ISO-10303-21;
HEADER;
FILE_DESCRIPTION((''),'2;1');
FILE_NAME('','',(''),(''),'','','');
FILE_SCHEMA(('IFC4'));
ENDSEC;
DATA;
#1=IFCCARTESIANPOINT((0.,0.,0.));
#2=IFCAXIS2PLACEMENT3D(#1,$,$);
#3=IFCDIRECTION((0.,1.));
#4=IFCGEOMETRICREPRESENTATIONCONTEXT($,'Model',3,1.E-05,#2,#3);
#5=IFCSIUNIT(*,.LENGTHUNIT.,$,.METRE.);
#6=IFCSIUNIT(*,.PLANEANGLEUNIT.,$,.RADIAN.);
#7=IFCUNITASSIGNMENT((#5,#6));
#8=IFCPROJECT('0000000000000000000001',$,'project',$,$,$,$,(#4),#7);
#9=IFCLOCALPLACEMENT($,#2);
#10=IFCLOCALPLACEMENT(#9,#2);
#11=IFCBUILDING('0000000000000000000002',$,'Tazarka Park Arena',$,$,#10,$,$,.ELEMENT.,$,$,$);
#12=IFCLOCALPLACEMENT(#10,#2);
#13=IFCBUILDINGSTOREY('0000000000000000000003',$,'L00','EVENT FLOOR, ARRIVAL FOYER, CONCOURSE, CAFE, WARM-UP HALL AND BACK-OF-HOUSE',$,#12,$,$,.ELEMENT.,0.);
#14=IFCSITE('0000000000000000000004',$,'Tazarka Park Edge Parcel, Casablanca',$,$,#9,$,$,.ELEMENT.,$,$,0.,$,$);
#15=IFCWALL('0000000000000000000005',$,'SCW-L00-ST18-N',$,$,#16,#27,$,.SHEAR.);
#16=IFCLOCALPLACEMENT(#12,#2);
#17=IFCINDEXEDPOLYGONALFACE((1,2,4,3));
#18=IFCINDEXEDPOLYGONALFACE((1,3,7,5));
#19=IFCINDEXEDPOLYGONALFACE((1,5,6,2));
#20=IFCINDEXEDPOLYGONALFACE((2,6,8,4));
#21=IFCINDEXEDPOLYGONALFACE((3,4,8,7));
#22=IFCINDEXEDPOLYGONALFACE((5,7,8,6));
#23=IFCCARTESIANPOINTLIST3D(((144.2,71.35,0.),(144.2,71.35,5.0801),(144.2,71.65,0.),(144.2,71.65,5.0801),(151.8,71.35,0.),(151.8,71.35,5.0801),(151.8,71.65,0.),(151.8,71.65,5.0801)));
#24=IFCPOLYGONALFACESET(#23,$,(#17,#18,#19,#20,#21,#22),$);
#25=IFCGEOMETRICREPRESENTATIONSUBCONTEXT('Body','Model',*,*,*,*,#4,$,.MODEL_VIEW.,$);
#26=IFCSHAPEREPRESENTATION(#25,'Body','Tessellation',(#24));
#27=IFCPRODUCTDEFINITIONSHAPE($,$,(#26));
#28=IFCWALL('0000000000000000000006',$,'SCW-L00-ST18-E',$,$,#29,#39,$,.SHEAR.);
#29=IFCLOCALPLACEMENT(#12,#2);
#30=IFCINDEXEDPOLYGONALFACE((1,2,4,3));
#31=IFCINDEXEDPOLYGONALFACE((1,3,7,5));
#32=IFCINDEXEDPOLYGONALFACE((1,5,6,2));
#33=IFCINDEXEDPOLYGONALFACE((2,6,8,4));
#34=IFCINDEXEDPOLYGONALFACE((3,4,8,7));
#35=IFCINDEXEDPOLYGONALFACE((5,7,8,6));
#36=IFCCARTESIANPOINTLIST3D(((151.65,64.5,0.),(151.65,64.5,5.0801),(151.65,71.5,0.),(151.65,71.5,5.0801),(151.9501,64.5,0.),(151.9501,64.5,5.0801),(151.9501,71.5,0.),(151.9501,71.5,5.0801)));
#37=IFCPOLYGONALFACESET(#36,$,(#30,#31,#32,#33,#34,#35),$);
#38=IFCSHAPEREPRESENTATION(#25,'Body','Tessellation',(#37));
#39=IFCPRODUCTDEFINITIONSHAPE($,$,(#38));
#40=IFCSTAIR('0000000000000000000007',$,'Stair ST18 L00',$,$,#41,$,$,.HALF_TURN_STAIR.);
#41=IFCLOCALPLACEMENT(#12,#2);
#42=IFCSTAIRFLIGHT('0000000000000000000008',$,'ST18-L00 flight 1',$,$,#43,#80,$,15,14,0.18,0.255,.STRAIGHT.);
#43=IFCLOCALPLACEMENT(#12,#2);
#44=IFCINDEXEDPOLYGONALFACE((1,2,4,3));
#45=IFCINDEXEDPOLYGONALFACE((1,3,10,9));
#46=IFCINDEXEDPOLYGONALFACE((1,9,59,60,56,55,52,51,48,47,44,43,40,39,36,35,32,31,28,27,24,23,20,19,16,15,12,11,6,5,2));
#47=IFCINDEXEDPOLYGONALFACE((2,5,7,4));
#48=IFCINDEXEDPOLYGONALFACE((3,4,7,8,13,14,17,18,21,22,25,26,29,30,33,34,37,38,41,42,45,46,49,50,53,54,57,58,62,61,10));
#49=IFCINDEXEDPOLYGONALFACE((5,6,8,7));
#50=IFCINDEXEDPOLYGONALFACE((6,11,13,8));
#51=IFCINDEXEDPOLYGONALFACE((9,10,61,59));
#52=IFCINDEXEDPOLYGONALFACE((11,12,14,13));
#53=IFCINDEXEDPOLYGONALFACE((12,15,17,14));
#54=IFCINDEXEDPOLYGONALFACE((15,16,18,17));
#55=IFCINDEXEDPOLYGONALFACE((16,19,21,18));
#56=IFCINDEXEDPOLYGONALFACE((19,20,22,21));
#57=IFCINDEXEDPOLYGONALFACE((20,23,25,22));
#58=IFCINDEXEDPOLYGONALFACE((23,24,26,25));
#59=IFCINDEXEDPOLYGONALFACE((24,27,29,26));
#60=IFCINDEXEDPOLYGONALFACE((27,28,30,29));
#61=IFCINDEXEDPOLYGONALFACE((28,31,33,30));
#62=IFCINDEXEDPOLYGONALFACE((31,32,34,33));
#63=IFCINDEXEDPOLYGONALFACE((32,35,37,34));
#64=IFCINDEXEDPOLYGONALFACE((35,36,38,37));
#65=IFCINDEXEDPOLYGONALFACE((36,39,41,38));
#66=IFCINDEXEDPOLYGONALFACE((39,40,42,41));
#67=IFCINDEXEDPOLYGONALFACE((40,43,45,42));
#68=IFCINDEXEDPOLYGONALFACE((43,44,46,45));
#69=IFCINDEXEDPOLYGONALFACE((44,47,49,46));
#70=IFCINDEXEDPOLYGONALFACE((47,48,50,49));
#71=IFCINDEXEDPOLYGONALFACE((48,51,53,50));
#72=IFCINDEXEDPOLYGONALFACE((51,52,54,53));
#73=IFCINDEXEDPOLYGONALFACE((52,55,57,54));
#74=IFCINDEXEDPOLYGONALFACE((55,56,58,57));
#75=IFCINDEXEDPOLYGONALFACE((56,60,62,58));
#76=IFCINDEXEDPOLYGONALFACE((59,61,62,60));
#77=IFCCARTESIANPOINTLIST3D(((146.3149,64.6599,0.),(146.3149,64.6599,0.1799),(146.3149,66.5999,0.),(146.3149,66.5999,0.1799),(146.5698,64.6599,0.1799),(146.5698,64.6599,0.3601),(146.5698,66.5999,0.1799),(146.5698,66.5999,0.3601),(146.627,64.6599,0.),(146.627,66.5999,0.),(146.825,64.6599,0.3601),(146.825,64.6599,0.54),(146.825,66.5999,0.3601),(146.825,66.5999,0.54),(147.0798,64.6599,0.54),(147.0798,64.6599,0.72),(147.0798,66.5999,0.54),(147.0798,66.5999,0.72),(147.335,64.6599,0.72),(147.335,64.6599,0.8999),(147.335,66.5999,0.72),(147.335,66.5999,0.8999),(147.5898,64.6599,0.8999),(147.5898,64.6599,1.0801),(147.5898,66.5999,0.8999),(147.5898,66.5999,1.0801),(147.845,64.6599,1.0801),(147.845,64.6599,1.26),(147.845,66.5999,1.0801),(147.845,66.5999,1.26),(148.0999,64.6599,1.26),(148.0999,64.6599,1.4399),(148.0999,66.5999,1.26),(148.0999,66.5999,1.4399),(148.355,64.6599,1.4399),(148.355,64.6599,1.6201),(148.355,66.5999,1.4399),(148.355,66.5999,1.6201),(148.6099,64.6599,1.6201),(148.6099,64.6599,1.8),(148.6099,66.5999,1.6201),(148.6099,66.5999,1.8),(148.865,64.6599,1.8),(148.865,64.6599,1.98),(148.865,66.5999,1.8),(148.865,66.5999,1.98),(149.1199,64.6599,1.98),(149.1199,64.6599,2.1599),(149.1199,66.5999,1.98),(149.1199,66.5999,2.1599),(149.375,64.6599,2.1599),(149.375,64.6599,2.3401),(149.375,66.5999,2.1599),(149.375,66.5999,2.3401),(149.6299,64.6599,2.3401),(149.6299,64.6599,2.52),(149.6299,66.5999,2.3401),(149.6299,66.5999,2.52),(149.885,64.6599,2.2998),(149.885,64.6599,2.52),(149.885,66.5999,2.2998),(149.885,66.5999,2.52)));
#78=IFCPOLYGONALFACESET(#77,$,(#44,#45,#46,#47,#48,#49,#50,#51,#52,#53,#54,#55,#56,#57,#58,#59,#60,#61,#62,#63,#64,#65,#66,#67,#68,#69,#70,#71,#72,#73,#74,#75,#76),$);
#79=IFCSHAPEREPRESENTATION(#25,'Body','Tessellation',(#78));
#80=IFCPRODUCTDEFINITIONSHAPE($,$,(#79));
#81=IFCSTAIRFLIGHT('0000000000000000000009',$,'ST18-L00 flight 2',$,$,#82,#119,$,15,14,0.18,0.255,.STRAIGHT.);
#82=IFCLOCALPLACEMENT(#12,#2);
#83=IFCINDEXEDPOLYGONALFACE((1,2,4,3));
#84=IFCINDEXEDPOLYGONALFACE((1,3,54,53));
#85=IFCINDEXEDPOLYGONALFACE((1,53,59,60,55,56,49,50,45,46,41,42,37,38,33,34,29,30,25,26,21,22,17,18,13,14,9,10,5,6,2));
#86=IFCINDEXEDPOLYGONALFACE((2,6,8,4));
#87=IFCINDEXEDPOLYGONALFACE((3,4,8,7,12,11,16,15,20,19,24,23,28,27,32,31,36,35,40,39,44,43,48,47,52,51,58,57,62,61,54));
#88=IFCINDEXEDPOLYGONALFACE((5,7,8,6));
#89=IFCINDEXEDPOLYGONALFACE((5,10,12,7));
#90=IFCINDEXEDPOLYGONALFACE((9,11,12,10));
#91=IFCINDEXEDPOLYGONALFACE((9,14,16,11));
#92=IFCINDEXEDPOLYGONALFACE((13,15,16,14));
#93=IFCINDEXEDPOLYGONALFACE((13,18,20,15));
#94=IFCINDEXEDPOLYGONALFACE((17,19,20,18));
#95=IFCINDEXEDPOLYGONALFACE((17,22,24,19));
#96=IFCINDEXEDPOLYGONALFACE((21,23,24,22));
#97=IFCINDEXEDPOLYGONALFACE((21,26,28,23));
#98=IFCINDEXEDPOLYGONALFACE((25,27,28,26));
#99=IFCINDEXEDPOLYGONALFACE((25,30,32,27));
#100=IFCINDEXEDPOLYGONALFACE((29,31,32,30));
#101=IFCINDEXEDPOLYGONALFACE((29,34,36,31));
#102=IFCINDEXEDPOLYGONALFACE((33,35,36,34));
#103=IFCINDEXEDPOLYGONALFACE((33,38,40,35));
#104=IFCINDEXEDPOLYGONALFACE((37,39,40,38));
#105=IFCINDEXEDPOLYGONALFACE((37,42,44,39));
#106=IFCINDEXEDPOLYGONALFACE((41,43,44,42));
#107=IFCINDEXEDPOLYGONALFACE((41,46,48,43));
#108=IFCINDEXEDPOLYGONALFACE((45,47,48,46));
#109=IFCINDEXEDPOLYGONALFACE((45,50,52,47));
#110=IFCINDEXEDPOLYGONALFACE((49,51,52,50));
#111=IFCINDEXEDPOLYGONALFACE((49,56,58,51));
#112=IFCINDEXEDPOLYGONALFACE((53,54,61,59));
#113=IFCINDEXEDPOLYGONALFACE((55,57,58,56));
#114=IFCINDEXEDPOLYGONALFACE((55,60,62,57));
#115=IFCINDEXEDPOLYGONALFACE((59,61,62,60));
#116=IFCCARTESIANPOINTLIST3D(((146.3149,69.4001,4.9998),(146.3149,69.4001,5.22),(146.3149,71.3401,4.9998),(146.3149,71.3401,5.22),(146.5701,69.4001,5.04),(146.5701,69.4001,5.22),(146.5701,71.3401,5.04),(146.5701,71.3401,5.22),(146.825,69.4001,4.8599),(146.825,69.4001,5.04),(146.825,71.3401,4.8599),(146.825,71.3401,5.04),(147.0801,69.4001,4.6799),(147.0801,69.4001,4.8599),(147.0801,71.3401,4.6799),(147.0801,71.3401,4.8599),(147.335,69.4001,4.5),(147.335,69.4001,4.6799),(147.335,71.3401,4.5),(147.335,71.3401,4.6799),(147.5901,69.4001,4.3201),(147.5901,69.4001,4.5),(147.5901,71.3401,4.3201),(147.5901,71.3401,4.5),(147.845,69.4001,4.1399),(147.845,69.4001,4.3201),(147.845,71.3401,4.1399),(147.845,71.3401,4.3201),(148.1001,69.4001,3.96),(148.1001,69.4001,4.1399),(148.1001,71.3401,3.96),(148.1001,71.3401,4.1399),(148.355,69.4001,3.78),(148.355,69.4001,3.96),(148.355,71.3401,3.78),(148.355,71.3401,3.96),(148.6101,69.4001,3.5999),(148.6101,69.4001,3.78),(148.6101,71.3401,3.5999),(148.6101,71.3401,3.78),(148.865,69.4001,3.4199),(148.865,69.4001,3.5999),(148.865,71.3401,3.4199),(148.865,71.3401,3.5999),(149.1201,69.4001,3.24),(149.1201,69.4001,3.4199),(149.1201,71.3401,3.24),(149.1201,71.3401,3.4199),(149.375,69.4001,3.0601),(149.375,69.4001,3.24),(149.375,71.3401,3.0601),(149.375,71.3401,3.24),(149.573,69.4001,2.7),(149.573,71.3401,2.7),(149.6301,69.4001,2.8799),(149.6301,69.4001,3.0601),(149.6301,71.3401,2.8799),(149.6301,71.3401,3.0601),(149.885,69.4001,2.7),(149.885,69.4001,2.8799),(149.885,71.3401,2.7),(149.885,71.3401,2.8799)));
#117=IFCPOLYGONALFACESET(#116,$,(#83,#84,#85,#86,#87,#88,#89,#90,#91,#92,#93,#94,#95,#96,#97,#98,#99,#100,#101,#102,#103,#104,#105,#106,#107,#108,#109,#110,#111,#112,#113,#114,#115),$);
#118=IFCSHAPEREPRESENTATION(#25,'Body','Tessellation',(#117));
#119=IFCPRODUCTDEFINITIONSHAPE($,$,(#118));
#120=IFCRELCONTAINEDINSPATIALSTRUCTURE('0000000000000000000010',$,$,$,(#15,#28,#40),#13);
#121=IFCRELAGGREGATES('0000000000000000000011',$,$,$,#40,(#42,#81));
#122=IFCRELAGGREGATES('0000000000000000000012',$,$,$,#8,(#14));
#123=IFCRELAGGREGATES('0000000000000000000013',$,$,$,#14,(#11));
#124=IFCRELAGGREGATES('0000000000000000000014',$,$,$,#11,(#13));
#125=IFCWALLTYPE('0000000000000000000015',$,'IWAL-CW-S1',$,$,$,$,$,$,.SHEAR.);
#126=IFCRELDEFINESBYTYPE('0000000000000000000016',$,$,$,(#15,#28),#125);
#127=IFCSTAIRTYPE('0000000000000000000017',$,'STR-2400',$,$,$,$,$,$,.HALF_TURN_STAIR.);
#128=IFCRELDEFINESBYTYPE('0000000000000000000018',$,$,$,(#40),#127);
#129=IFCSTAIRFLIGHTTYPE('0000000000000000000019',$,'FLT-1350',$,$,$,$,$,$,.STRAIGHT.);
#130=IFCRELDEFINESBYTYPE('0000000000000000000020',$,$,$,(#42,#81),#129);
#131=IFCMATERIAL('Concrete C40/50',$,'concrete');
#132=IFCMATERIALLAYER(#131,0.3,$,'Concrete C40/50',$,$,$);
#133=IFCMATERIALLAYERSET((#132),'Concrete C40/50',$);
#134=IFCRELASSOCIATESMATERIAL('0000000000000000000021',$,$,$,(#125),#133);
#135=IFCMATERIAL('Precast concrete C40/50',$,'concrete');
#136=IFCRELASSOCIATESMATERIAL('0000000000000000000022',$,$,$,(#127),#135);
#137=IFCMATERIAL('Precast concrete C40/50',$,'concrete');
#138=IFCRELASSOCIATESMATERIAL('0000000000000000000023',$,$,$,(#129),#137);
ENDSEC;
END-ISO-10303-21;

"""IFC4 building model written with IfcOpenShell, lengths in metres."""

from ifc_helpers import new_model, si_unit, direction, frame, frame_2d, origin, place, context, subcontext, project, spatial, polyline, rectangle, outline, extrude, material, layer, layer_set, type_object, element, aggregate, save


model = new_model("IFC4")

# Units and contexts
model_context = context("Model", 3, precision=1e-05, world=origin(), true_north=direction((0.0, 1.0)))
body_context = subcontext(model_context, "Body", "Model", "MODEL_VIEW")
ifc_project = project(units=[si_unit("LENGTHUNIT", "METRE"), si_unit("PLANEANGLEUNIT", "RADIAN")], contexts=[model_context])

# Site, building, storey
site_placement = place(None, origin())
site = spatial("IfcSite", under=ifc_project, at=site_placement, Name="Tazarka Park Edge Parcel, Casablanca", CompositionType="ELEMENT", RefElevation=0.0)
building_placement = place(site_placement, origin())
building = spatial("IfcBuilding", under=site, at=building_placement, Name="Tazarka Park Arena", CompositionType="ELEMENT")
storey_placement = place(building_placement, origin())
storey = spatial("IfcBuildingStorey", under=building, at=storey_placement, Name="L00", Description="EVENT FLOOR, ARRIVAL FOYER, CONCOURSE, CAFE, WARM-UP HALL AND BACK-OF-HOUSE", CompositionType="ELEMENT", Elevation=0.0)

# Shared definitions
ifc_material_1 = material(Name="Concrete C40/50", Category="concrete")
ifc_layer = layer(ifc_material_1, 0.3, Name="Concrete C40/50")
ifc_layer_set = layer_set([ifc_layer], Name="Concrete C40/50")
wall_type = type_object("IfcWallType", Name="IWAL-CW-S1", PredefinedType="SHEAR", material=ifc_layer_set)

# Walls
wall_1_placement = place(storey_placement, frame((144.2, 71.5, 0.0), z_axis=(0.0, 0.0, 1.0), x_axis=(1.0, 0.0, 0.0)))
element("IfcWall", 1, at=wall_1_placement, inside=storey, type_object=wall_type, Name="SCW-L00-ST18-N", PredefinedType="SHEAR", context=body_context, shape_type="SweptSolid", body=[
    extrude(rectangle(XDim=7.6001, YDim=0.3, at=frame_2d((3.8, 0.0))), origin(), (0.0, 0.0, 1.0), 5.0801),
])
wall_2_placement = place(storey_placement, frame((151.8, 71.5, 0.0), z_axis=(0.0, 0.0, 1.0), x_axis=(0.0, -1.0, 0.0)))
element("IfcWall", 2, at=wall_2_placement, inside=storey, type_object=wall_type, Name="SCW-L00-ST18-E", PredefinedType="SHEAR", context=body_context, shape_type="SweptSolid", body=[
    extrude(rectangle(XDim=7.0, YDim=0.3, at=frame_2d((3.5, 0.0))), origin(), (0.0, 0.0, 1.0), 5.0801),
])

# Stair, stair flights
ifc_material_2 = material(Name="Precast concrete C40/50", Category="concrete")
stair_type = type_object("IfcStairType", Name="STR-2400", PredefinedType="HALF_TURN_STAIR", material=ifc_material_2)
stair_placement = place(storey_placement, origin())
stair = element("IfcStair", 3, at=stair_placement, inside=storey, type_object=stair_type, Name="Stair ST18 L00", PredefinedType="HALF_TURN_STAIR")
ifc_material_3 = material(Name="Precast concrete C40/50", Category="concrete")
stair_flight_type = type_object("IfcStairFlightType", Name="FLT-1350", PredefinedType="STRAIGHT", material=ifc_material_3)
stair_flight_1_placement = place(storey_placement, frame((146.3149, 65.6299, 0.0), z_axis=(0.0, 0.0, 1.0), x_axis=(1.0, 0.0, 0.0)))
stair_flight_1 = element("IfcStairFlight", 4, at=stair_flight_1_placement, type_object=stair_flight_type, Name="ST18-L00 flight 1", NumberOfRisers=15, NumberOfTreads=14, PredefinedType="STRAIGHT", RiserHeight=0.18, TreadLength=0.255, context=body_context, shape_type="SweptSolid", body=[
    extrude(outline(polyline([(0.0, 0.0), (0.0, 0.1799), (0.2549, 0.1799), (0.2549, 0.3601), (0.51, 0.3601), (0.51, 0.54), (0.7649, 0.54), (0.7649, 0.72), (1.02, 0.72), (1.02, 0.8999), (1.2749, 0.8999), (1.2749, 1.0801), (1.53, 1.0801), (1.53, 1.26), (1.7849, 1.26), (1.7849, 1.4399), (2.04, 1.4399), (2.04, 1.6201), (2.2949, 1.6201), (2.2949, 1.8), (2.55, 1.8), (2.55, 1.98), (2.8049, 1.98), (2.8049, 2.1599), (3.0601, 2.1599), (3.0601, 2.3401), (3.3149, 2.3401), (3.3149, 2.52), (3.5701, 2.52), (3.5701, 2.7), (3.5701, 2.2998), (0.312, 0.0), (0.0, 0.0)])), frame((0.0, 0.97, 0.0), z_axis=(0.0, -1.0, 0.0), x_axis=(1.0, 0.0, 0.0)), (0.0, 0.0, 1.0), 1.9399),
])
stair_flight_2_placement = place(storey_placement, frame((149.885, 70.3701, 2.7), z_axis=(0.0, 0.0, 1.0), x_axis=(-1.0, 0.0, 0.0)))
stair_flight_2 = element("IfcStairFlight", 5, at=stair_flight_2_placement, type_object=stair_flight_type, Name="ST18-L00 flight 2", NumberOfRisers=15, NumberOfTreads=14, PredefinedType="STRAIGHT", RiserHeight=0.18, TreadLength=0.255, context=body_context, shape_type="SweptSolid", body=[
    extrude(outline(polyline([(0.0, 0.0), (0.0, 0.1799), (0.2549, 0.1799), (0.2549, 0.3601), (0.51, 0.3601), (0.51, 0.54), (0.7649, 0.54), (0.7649, 0.72), (1.02, 0.72), (1.02, 0.8999), (1.2749, 0.8999), (1.2749, 1.0801), (1.53, 1.0801), (1.53, 1.26), (1.7849, 1.26), (1.7849, 1.4399), (2.04, 1.4399), (2.04, 1.6201), (2.2949, 1.6201), (2.2949, 1.8), (2.55, 1.8), (2.55, 1.98), (2.8049, 1.98), (2.8049, 2.1599), (3.0601, 2.1599), (3.0601, 2.3401), (3.3149, 2.3401), (3.3149, 2.52), (3.5701, 2.52), (3.5701, 2.7), (3.5701, 2.2998), (0.312, 0.0), (0.0, 0.0)])), frame((0.0, 0.97, 0.0), z_axis=(0.0, -1.0, 0.0), x_axis=(1.0, 0.0, 0.0)), (0.0, 0.0, 1.0), 1.9399),
])
aggregate(stair, [stair_flight_1, stair_flight_2])

save(model, "model.ifc")
